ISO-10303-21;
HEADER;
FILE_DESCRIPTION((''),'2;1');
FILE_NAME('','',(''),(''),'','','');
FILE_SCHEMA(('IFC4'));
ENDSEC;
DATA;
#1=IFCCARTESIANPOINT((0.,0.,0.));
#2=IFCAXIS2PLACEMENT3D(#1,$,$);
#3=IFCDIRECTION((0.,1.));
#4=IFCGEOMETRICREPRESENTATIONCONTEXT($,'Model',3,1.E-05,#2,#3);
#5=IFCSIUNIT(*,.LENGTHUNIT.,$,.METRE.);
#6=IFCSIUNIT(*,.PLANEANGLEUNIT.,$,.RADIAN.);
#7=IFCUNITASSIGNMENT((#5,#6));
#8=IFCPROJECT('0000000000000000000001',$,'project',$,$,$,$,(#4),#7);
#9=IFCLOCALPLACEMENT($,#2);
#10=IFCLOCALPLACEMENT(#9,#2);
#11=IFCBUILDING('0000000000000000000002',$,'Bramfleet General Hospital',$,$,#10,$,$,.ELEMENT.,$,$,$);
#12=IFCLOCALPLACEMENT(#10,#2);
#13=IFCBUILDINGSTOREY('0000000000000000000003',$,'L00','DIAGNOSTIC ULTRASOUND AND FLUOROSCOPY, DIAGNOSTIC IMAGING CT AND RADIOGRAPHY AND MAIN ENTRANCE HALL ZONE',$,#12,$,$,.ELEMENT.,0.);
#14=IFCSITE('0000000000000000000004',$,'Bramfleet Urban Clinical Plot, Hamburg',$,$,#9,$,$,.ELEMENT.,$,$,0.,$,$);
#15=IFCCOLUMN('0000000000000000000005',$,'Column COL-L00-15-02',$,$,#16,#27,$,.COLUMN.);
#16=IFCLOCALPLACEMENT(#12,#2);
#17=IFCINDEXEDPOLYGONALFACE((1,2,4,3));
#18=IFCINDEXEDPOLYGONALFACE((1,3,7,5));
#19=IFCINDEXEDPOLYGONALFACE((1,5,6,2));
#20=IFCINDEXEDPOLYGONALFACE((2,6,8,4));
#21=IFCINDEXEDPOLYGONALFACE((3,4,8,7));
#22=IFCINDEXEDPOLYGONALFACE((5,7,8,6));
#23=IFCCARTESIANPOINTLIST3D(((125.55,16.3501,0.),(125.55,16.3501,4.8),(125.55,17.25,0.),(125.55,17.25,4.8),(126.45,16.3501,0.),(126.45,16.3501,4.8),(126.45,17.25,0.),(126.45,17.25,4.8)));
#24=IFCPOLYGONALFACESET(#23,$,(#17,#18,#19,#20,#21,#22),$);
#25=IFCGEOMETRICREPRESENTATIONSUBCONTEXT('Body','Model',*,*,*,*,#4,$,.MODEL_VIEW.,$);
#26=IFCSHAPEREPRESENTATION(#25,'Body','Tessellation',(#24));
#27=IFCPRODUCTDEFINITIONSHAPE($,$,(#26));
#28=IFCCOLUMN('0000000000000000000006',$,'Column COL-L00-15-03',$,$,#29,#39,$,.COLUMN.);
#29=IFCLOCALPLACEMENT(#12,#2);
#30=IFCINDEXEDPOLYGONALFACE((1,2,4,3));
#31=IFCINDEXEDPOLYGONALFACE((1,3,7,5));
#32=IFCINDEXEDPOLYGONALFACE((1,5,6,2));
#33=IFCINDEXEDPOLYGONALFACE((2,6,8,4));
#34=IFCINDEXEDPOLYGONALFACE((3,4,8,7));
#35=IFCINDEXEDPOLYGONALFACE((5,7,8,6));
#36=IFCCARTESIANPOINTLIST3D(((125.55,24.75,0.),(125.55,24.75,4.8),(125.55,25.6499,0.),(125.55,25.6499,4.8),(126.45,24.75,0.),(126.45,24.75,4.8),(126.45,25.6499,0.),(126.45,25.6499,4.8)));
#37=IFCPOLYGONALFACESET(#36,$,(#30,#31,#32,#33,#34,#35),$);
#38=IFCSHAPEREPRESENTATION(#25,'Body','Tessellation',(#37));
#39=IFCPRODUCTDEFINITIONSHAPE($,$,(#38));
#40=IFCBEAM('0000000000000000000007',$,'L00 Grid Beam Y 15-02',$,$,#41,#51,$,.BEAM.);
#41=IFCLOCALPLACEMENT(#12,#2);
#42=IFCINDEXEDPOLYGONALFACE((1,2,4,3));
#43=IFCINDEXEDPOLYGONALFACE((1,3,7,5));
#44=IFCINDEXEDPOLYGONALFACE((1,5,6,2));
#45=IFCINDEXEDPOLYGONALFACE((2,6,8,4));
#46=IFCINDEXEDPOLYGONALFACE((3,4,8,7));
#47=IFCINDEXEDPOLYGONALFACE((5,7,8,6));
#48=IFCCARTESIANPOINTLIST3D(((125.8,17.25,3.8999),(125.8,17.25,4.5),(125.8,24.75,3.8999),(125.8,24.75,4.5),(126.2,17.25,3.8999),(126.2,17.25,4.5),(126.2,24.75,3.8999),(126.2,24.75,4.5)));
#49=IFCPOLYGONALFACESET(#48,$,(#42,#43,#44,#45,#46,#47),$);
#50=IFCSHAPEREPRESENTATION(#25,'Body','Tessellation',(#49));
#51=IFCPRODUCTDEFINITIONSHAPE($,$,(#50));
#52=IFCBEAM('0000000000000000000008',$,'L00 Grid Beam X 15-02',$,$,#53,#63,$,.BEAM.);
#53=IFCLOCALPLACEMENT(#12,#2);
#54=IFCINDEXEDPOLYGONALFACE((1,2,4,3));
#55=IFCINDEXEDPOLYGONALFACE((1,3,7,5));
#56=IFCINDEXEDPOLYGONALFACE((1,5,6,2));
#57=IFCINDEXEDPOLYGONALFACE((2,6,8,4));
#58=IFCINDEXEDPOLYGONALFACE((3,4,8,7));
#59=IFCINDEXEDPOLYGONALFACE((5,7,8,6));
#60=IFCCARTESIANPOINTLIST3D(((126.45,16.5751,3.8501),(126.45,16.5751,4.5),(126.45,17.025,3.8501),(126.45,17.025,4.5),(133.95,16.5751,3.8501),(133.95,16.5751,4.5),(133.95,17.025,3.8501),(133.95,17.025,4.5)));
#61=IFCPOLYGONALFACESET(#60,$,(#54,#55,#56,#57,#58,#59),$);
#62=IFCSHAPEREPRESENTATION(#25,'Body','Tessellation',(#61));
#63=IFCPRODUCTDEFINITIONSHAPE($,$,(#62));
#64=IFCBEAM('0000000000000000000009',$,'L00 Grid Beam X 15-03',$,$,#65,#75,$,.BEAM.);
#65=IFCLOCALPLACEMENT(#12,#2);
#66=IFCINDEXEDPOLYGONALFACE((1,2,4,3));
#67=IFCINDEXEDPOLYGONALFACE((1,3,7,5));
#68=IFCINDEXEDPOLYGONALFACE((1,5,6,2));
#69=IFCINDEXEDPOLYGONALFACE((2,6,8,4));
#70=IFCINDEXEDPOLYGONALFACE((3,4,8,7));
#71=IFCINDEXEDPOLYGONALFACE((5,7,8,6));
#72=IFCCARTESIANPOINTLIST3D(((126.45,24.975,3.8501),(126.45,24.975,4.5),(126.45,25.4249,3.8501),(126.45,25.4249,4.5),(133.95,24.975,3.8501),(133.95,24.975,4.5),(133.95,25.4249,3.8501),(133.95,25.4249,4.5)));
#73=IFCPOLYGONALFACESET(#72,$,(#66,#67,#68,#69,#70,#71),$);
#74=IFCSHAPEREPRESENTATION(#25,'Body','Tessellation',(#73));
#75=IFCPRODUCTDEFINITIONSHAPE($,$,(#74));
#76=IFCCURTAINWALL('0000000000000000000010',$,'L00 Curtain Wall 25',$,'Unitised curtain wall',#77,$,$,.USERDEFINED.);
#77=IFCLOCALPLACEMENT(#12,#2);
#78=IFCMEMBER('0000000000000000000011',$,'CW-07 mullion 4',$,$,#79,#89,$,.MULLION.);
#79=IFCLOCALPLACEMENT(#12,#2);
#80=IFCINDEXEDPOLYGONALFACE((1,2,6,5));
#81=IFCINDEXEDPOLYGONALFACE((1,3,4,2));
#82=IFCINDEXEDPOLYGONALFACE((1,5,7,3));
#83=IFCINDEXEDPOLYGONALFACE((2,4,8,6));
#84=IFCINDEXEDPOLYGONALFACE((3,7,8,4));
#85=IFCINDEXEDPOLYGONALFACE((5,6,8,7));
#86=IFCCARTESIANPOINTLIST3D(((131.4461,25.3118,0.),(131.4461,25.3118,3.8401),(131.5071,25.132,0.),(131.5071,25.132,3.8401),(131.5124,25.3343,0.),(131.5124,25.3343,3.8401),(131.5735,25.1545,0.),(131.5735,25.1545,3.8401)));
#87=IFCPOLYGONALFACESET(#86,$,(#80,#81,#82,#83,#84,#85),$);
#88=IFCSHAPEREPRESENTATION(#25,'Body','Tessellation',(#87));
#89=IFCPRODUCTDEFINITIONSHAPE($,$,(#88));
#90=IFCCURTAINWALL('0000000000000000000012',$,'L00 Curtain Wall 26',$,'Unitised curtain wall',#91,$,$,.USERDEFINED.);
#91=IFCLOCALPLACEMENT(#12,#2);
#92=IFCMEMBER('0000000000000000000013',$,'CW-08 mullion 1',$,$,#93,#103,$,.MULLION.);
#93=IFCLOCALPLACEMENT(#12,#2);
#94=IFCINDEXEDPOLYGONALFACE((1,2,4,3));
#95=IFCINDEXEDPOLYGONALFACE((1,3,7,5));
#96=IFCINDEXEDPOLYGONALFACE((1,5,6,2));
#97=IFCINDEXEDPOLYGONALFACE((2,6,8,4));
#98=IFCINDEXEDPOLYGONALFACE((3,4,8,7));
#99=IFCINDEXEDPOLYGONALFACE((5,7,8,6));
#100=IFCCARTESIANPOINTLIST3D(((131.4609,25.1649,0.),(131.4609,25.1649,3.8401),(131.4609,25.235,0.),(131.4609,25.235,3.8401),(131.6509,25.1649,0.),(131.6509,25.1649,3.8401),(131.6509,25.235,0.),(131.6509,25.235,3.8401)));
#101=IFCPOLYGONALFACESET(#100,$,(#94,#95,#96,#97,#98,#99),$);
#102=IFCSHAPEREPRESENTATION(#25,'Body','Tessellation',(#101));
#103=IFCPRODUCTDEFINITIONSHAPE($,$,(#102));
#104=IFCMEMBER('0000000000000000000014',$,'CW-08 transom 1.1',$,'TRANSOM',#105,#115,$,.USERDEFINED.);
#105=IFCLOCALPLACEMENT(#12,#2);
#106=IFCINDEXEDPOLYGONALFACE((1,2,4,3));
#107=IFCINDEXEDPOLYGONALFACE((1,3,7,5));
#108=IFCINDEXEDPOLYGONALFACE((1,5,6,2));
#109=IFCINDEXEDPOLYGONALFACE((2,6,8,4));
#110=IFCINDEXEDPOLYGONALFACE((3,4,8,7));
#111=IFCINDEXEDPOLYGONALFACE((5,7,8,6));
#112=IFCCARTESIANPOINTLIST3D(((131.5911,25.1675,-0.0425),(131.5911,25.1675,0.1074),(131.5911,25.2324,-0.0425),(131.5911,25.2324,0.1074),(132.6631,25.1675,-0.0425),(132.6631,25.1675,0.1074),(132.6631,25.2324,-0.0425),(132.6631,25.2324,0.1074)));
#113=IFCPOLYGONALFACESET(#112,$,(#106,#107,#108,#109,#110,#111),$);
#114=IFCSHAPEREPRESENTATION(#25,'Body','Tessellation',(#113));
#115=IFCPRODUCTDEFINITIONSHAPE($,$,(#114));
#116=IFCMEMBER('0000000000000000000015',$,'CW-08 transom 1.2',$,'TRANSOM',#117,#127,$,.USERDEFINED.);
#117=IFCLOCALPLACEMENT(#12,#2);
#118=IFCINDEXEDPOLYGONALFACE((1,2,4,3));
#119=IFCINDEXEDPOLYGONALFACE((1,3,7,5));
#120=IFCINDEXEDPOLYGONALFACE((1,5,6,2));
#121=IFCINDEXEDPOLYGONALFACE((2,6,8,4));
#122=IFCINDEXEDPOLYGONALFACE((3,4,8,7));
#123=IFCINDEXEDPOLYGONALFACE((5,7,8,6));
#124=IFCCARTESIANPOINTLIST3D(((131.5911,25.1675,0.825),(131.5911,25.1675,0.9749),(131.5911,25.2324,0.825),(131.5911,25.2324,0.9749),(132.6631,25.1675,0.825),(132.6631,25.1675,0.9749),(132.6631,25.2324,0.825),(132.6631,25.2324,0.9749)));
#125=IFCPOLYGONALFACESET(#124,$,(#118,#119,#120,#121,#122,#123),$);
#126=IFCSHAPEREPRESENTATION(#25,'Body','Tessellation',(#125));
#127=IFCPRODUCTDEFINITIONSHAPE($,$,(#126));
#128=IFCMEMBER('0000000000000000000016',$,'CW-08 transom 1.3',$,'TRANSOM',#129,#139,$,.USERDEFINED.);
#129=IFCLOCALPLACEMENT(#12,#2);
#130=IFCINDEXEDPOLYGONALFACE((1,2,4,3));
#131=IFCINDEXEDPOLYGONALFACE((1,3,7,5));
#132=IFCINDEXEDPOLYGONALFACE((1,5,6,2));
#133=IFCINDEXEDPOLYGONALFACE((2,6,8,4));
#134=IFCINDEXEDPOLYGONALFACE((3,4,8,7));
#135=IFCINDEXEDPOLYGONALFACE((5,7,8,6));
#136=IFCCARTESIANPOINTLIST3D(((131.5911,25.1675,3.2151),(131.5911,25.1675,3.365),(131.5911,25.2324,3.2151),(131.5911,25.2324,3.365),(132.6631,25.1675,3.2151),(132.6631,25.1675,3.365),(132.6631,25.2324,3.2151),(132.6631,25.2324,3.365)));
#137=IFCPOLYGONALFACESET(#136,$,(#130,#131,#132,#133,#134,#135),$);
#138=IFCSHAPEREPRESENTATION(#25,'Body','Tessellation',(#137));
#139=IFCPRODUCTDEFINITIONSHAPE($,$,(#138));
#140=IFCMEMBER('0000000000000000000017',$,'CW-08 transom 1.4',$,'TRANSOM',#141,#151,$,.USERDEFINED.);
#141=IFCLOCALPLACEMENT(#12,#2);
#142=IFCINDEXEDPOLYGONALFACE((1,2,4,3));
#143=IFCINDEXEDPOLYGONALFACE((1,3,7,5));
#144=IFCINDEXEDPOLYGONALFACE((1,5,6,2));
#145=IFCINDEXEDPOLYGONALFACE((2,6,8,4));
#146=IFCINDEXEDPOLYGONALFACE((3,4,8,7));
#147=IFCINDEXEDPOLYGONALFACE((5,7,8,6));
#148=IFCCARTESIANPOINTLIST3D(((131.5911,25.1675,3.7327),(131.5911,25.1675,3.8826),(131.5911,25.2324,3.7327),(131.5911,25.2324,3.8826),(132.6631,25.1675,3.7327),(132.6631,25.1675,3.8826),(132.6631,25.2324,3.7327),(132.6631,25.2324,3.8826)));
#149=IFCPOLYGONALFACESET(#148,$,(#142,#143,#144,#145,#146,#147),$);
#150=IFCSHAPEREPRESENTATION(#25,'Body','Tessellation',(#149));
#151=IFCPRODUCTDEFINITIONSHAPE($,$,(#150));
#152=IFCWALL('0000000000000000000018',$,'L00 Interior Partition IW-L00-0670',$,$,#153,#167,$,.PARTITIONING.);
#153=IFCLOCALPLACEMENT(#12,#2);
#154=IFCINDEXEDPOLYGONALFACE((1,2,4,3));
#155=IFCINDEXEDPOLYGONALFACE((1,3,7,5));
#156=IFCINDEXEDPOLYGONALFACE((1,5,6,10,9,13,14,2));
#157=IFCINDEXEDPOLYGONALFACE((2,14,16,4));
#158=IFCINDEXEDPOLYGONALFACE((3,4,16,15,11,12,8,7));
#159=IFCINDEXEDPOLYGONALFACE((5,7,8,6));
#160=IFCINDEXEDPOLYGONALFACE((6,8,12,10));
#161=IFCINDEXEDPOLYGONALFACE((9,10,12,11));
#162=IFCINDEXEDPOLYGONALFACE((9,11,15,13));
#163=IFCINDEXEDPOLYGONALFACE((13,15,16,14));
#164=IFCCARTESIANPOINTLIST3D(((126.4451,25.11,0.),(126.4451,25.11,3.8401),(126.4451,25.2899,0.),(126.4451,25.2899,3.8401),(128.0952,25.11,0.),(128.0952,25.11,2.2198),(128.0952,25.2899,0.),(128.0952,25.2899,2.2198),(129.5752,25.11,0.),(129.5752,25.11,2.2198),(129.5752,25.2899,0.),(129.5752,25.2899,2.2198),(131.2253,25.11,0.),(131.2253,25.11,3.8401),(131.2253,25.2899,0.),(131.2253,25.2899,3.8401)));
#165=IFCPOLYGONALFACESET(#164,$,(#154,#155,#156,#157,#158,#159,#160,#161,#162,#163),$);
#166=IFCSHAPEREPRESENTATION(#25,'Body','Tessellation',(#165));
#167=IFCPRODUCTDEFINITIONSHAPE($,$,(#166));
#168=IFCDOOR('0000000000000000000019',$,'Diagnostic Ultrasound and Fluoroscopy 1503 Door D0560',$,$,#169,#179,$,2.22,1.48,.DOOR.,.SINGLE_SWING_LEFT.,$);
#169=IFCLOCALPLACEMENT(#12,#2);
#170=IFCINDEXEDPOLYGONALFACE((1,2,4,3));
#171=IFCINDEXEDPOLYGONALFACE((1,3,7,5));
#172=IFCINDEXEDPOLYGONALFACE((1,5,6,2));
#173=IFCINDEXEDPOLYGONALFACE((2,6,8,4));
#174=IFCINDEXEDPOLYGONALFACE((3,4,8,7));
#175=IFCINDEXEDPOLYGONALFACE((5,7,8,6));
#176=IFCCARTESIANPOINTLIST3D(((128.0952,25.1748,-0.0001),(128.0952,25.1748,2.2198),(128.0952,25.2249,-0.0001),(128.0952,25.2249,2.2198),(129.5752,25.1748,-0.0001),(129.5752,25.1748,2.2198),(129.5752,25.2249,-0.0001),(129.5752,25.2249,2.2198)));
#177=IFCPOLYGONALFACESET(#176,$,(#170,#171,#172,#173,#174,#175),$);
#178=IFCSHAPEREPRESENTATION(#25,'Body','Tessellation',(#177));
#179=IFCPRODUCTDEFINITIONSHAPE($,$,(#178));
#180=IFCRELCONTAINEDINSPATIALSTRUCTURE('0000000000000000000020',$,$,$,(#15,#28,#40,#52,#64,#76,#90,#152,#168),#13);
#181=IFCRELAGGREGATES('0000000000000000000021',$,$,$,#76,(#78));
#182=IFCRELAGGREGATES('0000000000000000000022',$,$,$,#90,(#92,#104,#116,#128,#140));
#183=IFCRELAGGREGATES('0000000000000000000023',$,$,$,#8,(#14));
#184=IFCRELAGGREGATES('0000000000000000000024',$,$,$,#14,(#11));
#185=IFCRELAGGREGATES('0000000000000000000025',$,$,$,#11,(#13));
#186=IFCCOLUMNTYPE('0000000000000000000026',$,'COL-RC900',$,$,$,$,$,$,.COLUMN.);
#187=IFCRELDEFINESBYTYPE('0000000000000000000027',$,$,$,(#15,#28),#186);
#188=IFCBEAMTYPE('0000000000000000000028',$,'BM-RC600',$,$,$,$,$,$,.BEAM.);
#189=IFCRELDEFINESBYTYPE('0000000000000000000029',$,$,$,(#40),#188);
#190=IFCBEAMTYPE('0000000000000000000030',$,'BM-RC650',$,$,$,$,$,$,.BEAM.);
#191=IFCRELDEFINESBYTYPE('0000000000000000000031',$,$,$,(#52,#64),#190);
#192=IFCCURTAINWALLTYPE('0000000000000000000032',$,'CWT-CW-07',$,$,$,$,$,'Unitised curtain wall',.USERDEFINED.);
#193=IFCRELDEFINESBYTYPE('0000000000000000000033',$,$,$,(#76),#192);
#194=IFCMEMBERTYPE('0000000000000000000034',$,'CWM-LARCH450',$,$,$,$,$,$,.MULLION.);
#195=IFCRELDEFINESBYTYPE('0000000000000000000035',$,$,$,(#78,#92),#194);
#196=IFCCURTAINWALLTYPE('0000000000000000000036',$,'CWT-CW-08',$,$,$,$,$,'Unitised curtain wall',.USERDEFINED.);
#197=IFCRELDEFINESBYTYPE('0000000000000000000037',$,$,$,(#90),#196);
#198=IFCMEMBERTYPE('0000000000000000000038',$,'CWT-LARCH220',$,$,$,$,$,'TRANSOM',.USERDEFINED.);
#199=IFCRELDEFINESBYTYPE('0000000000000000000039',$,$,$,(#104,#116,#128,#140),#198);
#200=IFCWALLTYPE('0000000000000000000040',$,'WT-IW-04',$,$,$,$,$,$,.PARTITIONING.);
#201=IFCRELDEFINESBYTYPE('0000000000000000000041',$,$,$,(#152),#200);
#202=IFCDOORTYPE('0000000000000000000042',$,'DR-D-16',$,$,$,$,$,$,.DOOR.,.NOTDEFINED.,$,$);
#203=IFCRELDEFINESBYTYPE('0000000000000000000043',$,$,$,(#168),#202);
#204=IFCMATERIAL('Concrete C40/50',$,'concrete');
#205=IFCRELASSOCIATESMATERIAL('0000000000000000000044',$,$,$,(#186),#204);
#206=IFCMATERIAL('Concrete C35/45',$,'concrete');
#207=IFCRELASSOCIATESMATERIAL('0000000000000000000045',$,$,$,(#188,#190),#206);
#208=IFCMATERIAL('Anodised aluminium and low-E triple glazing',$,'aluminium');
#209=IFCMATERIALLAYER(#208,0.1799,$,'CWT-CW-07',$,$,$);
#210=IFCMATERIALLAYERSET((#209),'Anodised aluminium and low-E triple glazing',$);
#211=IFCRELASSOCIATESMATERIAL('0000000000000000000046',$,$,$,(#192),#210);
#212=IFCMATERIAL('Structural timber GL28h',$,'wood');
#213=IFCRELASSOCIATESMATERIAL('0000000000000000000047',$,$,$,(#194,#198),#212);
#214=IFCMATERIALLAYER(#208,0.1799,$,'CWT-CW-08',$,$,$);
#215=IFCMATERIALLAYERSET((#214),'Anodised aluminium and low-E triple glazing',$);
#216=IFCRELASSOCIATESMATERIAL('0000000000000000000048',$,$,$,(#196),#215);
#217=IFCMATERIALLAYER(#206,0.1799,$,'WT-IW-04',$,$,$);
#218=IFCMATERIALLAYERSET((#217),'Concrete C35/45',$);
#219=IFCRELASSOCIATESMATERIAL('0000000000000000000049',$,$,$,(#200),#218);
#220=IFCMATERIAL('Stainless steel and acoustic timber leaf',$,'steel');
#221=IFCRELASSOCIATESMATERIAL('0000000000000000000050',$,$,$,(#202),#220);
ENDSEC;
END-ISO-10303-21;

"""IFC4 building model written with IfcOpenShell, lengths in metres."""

from ifc_helpers import new_model, si_unit, direction, frame, frame_2d, origin, origin_2d, place, context, subcontext, project, spatial, rectangle, extrude, material, layer, layer_set, material_profile, profile_set, type_object, element, fill, aggregate, save


model = new_model("IFC4")

# Units and contexts
model_context = context("Model", 3, precision=1e-05, world=origin(), true_north=direction((0.0, 1.0)))
body_context = subcontext(model_context, "Body", "Model", "MODEL_VIEW")
ifc_project = project(units=[si_unit("LENGTHUNIT", "METRE"), si_unit("PLANEANGLEUNIT", "RADIAN")], contexts=[model_context])

# Site, building, storey
site_placement = place(None, origin())
site = spatial("IfcSite", under=ifc_project, at=site_placement, Name="Bramfleet Urban Clinical Plot, Hamburg", CompositionType="ELEMENT", RefElevation=0.0)
building_placement = place(site_placement, origin())
building = spatial("IfcBuilding", under=site, at=building_placement, Name="Bramfleet General Hospital", CompositionType="ELEMENT")
storey_placement = place(building_placement, origin())
storey = spatial("IfcBuildingStorey", under=building, at=storey_placement, Name="L00", Description="DIAGNOSTIC ULTRASOUND AND FLUOROSCOPY, DIAGNOSTIC IMAGING CT AND RADIOGRAPHY AND MAIN ENTRANCE HALL ZONE", CompositionType="ELEMENT", Elevation=0.0)

# Columns
ifc_material_1 = material(Name="Concrete C40/50", Category="concrete")
ifc_material_profile_1 = material_profile(ifc_material_1, rectangle(XDim=0.8999, YDim=0.8999, at=origin_2d()), Name="RC COL 900x900")
ifc_profile_set_1 = profile_set([ifc_material_profile_1], Name="Concrete C40/50")
column_type = type_object("IfcColumnType", Name="COL-RC900", PredefinedType="COLUMN", material=ifc_profile_set_1)
for number, where, z_axis, x_axis, name in (
    (1, (126.0, 16.8, 0.0), (0.0, 0.0, 1.0), (1.0, 0.0, 0.0), "Column COL-L00-15-02"),
    (2, (126.0, 25.2, 0.0), (0.0, 0.0, 1.0), (1.0, 0.0, 0.0), "Column COL-L00-15-03"),
):
    element("IfcColumn", number, at=place(storey_placement, frame(where, z_axis=z_axis, x_axis=x_axis)), inside=storey, type_object=column_type, Name=name, PredefinedType="COLUMN", context=body_context, shape_type="SweptSolid", body=[
        extrude(rectangle(XDim=0.8999, YDim=0.8999, at=origin_2d()), origin(), (0.0, 0.0, 1.0), 4.8),
    ])

# Beams
ifc_material_2 = material(Name="Concrete C35/45", Category="concrete")
ifc_material_profile_2 = material_profile(ifc_material_2, rectangle(XDim=0.3999, YDim=0.6001, at=origin_2d()), Name="RC BM 600x400")
ifc_profile_set_2 = profile_set([ifc_material_profile_2], Name="Concrete C35/45")
beam_type_1 = type_object("IfcBeamType", Name="BM-RC600", PredefinedType="BEAM", material=ifc_profile_set_2)
beam_placement = place(storey_placement, frame((126.0, 17.25, 4.2), z_axis=(0.0, 1.0, 0.0), x_axis=(-1.0, 0.0, 0.0)))
element("IfcBeam", 3, at=beam_placement, inside=storey, type_object=beam_type_1, Name="L00 Grid Beam Y 15-02", PredefinedType="BEAM", context=body_context, shape_type="SweptSolid", body=[
    extrude(rectangle(XDim=0.3999, YDim=0.6001, at=origin_2d()), origin(), (0.0, 0.0, 1.0), 7.5),
])
ifc_material_profile_3 = material_profile(ifc_material_2, rectangle(XDim=0.45, YDim=0.6499, at=origin_2d()), Name="RC BM 650x450")
ifc_profile_set_3 = profile_set([ifc_material_profile_3], Name="Concrete C35/45")
beam_type_2 = type_object("IfcBeamType", Name="BM-RC650", PredefinedType="BEAM", material=ifc_profile_set_3)
for number, where, z_axis, x_axis, name in (
    (4, (126.45, 16.8, 4.175), (1.0, 0.0, 0.0), (0.0, 1.0, 0.0), "L00 Grid Beam X 15-02"),
    (5, (126.45, 25.2, 4.175), (1.0, 0.0, 0.0), (0.0, 1.0, 0.0), "L00 Grid Beam X 15-03"),
):
    element("IfcBeam", number, at=place(storey_placement, frame(where, z_axis=z_axis, x_axis=x_axis)), inside=storey, type_object=beam_type_2, Name=name, PredefinedType="BEAM", context=body_context, shape_type="SweptSolid", body=[
        extrude(rectangle(XDim=0.45, YDim=0.6499, at=origin_2d()), origin(), (0.0, 0.0, 1.0), 7.5),
    ])

# Curtain wall, member
ifc_material_3 = material(Name="Anodised aluminium and low-E triple glazing", Category="aluminium")
ifc_layer_1 = layer(ifc_material_3, 0.1799, Name="CWT-CW-07")
ifc_layer_set_1 = layer_set([ifc_layer_1], Name="Anodised aluminium and low-E triple glazing")
curtain_wall_type_1 = type_object("IfcCurtainWallType", Name="CWT-CW-07", ElementType="Unitised curtain wall", PredefinedType="USERDEFINED", material=ifc_layer_set_1)
curtain_wall_1_placement = place(storey_placement, origin())
curtain_wall_1 = element("IfcCurtainWall", 6, at=curtain_wall_1_placement, inside=storey, type_object=curtain_wall_type_1, Name="L00 Curtain Wall 25", ObjectType="Unitised curtain wall", PredefinedType="USERDEFINED")
ifc_material_4 = material(Name="Structural timber GL28h", Category="wood")
ifc_material_profile_4 = material_profile(ifc_material_4, rectangle(XDim=0.0701, YDim=0.1899, at=origin_2d()), Name="LARCH 190x70")
ifc_profile_set_4 = profile_set([ifc_material_profile_4], Name="Structural timber GL28h")
member_type_1 = type_object("IfcMemberType", Name="CWM-LARCH450", PredefinedType="MULLION", material=ifc_profile_set_4)
member_1_placement = place(storey_placement, frame((131.5098, 25.2332, 0.0), z_axis=(0.0, 0.0, 1.0), x_axis=(0.946982, 0.321286, 0.0)))
member_1 = element("IfcMember", 7, at=member_1_placement, type_object=member_type_1, Name="CW-07 mullion 4", PredefinedType="MULLION", context=body_context, shape_type="SweptSolid", body=[
    extrude(rectangle(XDim=0.0701, YDim=0.1899, at=origin_2d()), origin(), (0.0, 0.0, 1.0), 3.8401),
])
aggregate(curtain_wall_1, [member_1])

# Curtain wall, members
ifc_layer_2 = layer(ifc_material_3, 0.1799, Name="CWT-CW-08")
ifc_layer_set_2 = layer_set([ifc_layer_2], Name="Anodised aluminium and low-E triple glazing")
curtain_wall_type_2 = type_object("IfcCurtainWallType", Name="CWT-CW-08", ElementType="Unitised curtain wall", PredefinedType="USERDEFINED", material=ifc_layer_set_2)
curtain_wall_2_placement = place(storey_placement, origin())
curtain_wall_2 = element("IfcCurtainWall", 8, at=curtain_wall_2_placement, inside=storey, type_object=curtain_wall_type_2, Name="L00 Curtain Wall 26", ObjectType="Unitised curtain wall", PredefinedType="USERDEFINED")
member_2_placement = place(storey_placement, frame((131.5559, 25.2, 0.0), z_axis=(0.0, 0.0, 1.0), x_axis=(0.0, 1.0, 0.0)))
member_2 = element("IfcMember", 9, at=member_2_placement, type_object=member_type_1, Name="CW-08 mullion 1", PredefinedType="MULLION", context=body_context, shape_type="SweptSolid", body=[
    extrude(rectangle(XDim=0.0701, YDim=0.1899, at=origin_2d()), origin(), (0.0, 0.0, 1.0), 3.8401),
])
ifc_material_profile_5 = material_profile(ifc_material_4, rectangle(XDim=0.0649, YDim=0.1499, at=origin_2d()), Name="LARCH 150x65")
ifc_profile_set_5 = profile_set([ifc_material_profile_5], Name="Structural timber GL28h")
member_type_2 = type_object("IfcMemberType", Name="CWT-LARCH220", ElementType="TRANSOM", PredefinedType="USERDEFINED", material=ifc_profile_set_5)
member_3_placement = place(storey_placement, frame((131.5911, 25.2, 0.0325), z_axis=(1.0, 0.0, 0.0), x_axis=(0.0, 1.0, 0.0)))
member_3 = element("IfcMember", 10, at=member_3_placement, type_object=member_type_2, Name="CW-08 transom 1.1", ObjectType="TRANSOM", PredefinedType="USERDEFINED", context=body_context, shape_type="SweptSolid", body=[
    extrude(rectangle(XDim=0.0649, YDim=0.1499, at=origin_2d()), origin(), (0.0, 0.0, 1.0), 1.072),
])
member_4_placement = place(storey_placement, frame((131.5911, 25.2, 0.8999), z_axis=(1.0, 0.0, 0.0), x_axis=(0.0, 1.0, 0.0)))
member_4 = element("IfcMember", 11, at=member_4_placement, type_object=member_type_2, Name="CW-08 transom 1.2", ObjectType="TRANSOM", PredefinedType="USERDEFINED", context=body_context, shape_type="SweptSolid", body=[
    extrude(rectangle(XDim=0.0649, YDim=0.1499, at=origin_2d()), origin(), (0.0, 0.0, 1.0), 1.072),
])
member_5_placement = place(storey_placement, frame((131.5911, 25.2, 3.29), z_axis=(1.0, 0.0, 0.0), x_axis=(0.0, 1.0, 0.0)))
member_5 = element("IfcMember", 12, at=member_5_placement, type_object=member_type_2, Name="CW-08 transom 1.3", ObjectType="TRANSOM", PredefinedType="USERDEFINED", context=body_context, shape_type="SweptSolid", body=[
    extrude(rectangle(XDim=0.0649, YDim=0.1499, at=origin_2d()), origin(), (0.0, 0.0, 1.0), 1.072),
])
member_6_placement = place(storey_placement, frame((131.5911, 25.2, 3.8076), z_axis=(1.0, 0.0, 0.0), x_axis=(0.0, 1.0, 0.0)))
member_6 = element("IfcMember", 13, at=member_6_placement, type_object=member_type_2, Name="CW-08 transom 1.4", ObjectType="TRANSOM", PredefinedType="USERDEFINED", context=body_context, shape_type="SweptSolid", body=[
    extrude(rectangle(XDim=0.0649, YDim=0.1499, at=origin_2d()), origin(), (0.0, 0.0, 1.0), 1.072),
])
aggregate(curtain_wall_2, [member_2, member_3, member_4, member_5, member_6])

# Wall, opening, door
ifc_layer_3 = layer(ifc_material_2, 0.1799, Name="WT-IW-04")
ifc_layer_set_3 = layer_set([ifc_layer_3], Name="Concrete C35/45")
wall_type_1 = type_object("IfcWallType", Name="WT-IW-04", PredefinedType="PARTITIONING", material=ifc_layer_set_3)
wall_1_placement = place(storey_placement, frame((126.4451, 25.2, 0.0), z_axis=(0.0, 0.0, 1.0), x_axis=(1.0, 0.0, 0.0)))
wall_1 = element("IfcWall", 14, at=wall_1_placement, inside=storey, type_object=wall_type_1, Name="L00 Interior Partition IW-L00-0670", PredefinedType="PARTITIONING", context=body_context, shape_type="SweptSolid", body=[
    extrude(rectangle(XDim=4.7803, YDim=0.1799, at=frame_2d((2.3901, 0.0))), origin(), (0.0, 0.0, 1.0), 3.8401),
])
opening_1_placement = place(wall_1_placement, frame((1.6501, 0.0, 0.0)))
opening_1 = element("IfcOpeningElement", 15, at=opening_1_placement, cuts=wall_1, PredefinedType="OPENING", context=body_context, shape_type="SweptSolid", body=[
    extrude(rectangle(XDim=1.48, YDim=2.22, at=frame_2d((0.74, 1.1099))), frame((0.0, 0.0999, 0.0), z_axis=(0.0, -1.0, 0.0), x_axis=(1.0, 0.0, 0.0)), (0.0, 0.0, 1.0), 0.2),
])
ifc_material_5 = material(Name="Stainless steel and acoustic timber leaf", Category="steel")
door_type_1 = type_object("IfcDoorType", Name="DR-D-16", OperationType="NOTDEFINED", PredefinedType="DOOR", material=ifc_material_5)
door_1_placement = place(opening_1_placement, origin())
door_1 = element("IfcDoor", 16, at=door_1_placement, inside=storey, type_object=door_type_1, Name="Diagnostic Ultrasound and Fluoroscopy 1503 Door D0560", OperationType="SINGLE_SWING_LEFT", OverallHeight=2.22, OverallWidth=1.48, PredefinedType="DOOR", context=body_context, shape_type="SweptSolid", body=[
    extrude(rectangle(XDim=1.48, YDim=2.22, at=frame_2d((0.74, 1.1099))), frame((0.0, 0.0249, 0.0), z_axis=(0.0, -1.0, 0.0), x_axis=(1.0, 0.0, 0.0)), (0.0, 0.0, 1.0), 0.05),
])
fill(opening_1, door_1)

save(model, "model.ifc")
